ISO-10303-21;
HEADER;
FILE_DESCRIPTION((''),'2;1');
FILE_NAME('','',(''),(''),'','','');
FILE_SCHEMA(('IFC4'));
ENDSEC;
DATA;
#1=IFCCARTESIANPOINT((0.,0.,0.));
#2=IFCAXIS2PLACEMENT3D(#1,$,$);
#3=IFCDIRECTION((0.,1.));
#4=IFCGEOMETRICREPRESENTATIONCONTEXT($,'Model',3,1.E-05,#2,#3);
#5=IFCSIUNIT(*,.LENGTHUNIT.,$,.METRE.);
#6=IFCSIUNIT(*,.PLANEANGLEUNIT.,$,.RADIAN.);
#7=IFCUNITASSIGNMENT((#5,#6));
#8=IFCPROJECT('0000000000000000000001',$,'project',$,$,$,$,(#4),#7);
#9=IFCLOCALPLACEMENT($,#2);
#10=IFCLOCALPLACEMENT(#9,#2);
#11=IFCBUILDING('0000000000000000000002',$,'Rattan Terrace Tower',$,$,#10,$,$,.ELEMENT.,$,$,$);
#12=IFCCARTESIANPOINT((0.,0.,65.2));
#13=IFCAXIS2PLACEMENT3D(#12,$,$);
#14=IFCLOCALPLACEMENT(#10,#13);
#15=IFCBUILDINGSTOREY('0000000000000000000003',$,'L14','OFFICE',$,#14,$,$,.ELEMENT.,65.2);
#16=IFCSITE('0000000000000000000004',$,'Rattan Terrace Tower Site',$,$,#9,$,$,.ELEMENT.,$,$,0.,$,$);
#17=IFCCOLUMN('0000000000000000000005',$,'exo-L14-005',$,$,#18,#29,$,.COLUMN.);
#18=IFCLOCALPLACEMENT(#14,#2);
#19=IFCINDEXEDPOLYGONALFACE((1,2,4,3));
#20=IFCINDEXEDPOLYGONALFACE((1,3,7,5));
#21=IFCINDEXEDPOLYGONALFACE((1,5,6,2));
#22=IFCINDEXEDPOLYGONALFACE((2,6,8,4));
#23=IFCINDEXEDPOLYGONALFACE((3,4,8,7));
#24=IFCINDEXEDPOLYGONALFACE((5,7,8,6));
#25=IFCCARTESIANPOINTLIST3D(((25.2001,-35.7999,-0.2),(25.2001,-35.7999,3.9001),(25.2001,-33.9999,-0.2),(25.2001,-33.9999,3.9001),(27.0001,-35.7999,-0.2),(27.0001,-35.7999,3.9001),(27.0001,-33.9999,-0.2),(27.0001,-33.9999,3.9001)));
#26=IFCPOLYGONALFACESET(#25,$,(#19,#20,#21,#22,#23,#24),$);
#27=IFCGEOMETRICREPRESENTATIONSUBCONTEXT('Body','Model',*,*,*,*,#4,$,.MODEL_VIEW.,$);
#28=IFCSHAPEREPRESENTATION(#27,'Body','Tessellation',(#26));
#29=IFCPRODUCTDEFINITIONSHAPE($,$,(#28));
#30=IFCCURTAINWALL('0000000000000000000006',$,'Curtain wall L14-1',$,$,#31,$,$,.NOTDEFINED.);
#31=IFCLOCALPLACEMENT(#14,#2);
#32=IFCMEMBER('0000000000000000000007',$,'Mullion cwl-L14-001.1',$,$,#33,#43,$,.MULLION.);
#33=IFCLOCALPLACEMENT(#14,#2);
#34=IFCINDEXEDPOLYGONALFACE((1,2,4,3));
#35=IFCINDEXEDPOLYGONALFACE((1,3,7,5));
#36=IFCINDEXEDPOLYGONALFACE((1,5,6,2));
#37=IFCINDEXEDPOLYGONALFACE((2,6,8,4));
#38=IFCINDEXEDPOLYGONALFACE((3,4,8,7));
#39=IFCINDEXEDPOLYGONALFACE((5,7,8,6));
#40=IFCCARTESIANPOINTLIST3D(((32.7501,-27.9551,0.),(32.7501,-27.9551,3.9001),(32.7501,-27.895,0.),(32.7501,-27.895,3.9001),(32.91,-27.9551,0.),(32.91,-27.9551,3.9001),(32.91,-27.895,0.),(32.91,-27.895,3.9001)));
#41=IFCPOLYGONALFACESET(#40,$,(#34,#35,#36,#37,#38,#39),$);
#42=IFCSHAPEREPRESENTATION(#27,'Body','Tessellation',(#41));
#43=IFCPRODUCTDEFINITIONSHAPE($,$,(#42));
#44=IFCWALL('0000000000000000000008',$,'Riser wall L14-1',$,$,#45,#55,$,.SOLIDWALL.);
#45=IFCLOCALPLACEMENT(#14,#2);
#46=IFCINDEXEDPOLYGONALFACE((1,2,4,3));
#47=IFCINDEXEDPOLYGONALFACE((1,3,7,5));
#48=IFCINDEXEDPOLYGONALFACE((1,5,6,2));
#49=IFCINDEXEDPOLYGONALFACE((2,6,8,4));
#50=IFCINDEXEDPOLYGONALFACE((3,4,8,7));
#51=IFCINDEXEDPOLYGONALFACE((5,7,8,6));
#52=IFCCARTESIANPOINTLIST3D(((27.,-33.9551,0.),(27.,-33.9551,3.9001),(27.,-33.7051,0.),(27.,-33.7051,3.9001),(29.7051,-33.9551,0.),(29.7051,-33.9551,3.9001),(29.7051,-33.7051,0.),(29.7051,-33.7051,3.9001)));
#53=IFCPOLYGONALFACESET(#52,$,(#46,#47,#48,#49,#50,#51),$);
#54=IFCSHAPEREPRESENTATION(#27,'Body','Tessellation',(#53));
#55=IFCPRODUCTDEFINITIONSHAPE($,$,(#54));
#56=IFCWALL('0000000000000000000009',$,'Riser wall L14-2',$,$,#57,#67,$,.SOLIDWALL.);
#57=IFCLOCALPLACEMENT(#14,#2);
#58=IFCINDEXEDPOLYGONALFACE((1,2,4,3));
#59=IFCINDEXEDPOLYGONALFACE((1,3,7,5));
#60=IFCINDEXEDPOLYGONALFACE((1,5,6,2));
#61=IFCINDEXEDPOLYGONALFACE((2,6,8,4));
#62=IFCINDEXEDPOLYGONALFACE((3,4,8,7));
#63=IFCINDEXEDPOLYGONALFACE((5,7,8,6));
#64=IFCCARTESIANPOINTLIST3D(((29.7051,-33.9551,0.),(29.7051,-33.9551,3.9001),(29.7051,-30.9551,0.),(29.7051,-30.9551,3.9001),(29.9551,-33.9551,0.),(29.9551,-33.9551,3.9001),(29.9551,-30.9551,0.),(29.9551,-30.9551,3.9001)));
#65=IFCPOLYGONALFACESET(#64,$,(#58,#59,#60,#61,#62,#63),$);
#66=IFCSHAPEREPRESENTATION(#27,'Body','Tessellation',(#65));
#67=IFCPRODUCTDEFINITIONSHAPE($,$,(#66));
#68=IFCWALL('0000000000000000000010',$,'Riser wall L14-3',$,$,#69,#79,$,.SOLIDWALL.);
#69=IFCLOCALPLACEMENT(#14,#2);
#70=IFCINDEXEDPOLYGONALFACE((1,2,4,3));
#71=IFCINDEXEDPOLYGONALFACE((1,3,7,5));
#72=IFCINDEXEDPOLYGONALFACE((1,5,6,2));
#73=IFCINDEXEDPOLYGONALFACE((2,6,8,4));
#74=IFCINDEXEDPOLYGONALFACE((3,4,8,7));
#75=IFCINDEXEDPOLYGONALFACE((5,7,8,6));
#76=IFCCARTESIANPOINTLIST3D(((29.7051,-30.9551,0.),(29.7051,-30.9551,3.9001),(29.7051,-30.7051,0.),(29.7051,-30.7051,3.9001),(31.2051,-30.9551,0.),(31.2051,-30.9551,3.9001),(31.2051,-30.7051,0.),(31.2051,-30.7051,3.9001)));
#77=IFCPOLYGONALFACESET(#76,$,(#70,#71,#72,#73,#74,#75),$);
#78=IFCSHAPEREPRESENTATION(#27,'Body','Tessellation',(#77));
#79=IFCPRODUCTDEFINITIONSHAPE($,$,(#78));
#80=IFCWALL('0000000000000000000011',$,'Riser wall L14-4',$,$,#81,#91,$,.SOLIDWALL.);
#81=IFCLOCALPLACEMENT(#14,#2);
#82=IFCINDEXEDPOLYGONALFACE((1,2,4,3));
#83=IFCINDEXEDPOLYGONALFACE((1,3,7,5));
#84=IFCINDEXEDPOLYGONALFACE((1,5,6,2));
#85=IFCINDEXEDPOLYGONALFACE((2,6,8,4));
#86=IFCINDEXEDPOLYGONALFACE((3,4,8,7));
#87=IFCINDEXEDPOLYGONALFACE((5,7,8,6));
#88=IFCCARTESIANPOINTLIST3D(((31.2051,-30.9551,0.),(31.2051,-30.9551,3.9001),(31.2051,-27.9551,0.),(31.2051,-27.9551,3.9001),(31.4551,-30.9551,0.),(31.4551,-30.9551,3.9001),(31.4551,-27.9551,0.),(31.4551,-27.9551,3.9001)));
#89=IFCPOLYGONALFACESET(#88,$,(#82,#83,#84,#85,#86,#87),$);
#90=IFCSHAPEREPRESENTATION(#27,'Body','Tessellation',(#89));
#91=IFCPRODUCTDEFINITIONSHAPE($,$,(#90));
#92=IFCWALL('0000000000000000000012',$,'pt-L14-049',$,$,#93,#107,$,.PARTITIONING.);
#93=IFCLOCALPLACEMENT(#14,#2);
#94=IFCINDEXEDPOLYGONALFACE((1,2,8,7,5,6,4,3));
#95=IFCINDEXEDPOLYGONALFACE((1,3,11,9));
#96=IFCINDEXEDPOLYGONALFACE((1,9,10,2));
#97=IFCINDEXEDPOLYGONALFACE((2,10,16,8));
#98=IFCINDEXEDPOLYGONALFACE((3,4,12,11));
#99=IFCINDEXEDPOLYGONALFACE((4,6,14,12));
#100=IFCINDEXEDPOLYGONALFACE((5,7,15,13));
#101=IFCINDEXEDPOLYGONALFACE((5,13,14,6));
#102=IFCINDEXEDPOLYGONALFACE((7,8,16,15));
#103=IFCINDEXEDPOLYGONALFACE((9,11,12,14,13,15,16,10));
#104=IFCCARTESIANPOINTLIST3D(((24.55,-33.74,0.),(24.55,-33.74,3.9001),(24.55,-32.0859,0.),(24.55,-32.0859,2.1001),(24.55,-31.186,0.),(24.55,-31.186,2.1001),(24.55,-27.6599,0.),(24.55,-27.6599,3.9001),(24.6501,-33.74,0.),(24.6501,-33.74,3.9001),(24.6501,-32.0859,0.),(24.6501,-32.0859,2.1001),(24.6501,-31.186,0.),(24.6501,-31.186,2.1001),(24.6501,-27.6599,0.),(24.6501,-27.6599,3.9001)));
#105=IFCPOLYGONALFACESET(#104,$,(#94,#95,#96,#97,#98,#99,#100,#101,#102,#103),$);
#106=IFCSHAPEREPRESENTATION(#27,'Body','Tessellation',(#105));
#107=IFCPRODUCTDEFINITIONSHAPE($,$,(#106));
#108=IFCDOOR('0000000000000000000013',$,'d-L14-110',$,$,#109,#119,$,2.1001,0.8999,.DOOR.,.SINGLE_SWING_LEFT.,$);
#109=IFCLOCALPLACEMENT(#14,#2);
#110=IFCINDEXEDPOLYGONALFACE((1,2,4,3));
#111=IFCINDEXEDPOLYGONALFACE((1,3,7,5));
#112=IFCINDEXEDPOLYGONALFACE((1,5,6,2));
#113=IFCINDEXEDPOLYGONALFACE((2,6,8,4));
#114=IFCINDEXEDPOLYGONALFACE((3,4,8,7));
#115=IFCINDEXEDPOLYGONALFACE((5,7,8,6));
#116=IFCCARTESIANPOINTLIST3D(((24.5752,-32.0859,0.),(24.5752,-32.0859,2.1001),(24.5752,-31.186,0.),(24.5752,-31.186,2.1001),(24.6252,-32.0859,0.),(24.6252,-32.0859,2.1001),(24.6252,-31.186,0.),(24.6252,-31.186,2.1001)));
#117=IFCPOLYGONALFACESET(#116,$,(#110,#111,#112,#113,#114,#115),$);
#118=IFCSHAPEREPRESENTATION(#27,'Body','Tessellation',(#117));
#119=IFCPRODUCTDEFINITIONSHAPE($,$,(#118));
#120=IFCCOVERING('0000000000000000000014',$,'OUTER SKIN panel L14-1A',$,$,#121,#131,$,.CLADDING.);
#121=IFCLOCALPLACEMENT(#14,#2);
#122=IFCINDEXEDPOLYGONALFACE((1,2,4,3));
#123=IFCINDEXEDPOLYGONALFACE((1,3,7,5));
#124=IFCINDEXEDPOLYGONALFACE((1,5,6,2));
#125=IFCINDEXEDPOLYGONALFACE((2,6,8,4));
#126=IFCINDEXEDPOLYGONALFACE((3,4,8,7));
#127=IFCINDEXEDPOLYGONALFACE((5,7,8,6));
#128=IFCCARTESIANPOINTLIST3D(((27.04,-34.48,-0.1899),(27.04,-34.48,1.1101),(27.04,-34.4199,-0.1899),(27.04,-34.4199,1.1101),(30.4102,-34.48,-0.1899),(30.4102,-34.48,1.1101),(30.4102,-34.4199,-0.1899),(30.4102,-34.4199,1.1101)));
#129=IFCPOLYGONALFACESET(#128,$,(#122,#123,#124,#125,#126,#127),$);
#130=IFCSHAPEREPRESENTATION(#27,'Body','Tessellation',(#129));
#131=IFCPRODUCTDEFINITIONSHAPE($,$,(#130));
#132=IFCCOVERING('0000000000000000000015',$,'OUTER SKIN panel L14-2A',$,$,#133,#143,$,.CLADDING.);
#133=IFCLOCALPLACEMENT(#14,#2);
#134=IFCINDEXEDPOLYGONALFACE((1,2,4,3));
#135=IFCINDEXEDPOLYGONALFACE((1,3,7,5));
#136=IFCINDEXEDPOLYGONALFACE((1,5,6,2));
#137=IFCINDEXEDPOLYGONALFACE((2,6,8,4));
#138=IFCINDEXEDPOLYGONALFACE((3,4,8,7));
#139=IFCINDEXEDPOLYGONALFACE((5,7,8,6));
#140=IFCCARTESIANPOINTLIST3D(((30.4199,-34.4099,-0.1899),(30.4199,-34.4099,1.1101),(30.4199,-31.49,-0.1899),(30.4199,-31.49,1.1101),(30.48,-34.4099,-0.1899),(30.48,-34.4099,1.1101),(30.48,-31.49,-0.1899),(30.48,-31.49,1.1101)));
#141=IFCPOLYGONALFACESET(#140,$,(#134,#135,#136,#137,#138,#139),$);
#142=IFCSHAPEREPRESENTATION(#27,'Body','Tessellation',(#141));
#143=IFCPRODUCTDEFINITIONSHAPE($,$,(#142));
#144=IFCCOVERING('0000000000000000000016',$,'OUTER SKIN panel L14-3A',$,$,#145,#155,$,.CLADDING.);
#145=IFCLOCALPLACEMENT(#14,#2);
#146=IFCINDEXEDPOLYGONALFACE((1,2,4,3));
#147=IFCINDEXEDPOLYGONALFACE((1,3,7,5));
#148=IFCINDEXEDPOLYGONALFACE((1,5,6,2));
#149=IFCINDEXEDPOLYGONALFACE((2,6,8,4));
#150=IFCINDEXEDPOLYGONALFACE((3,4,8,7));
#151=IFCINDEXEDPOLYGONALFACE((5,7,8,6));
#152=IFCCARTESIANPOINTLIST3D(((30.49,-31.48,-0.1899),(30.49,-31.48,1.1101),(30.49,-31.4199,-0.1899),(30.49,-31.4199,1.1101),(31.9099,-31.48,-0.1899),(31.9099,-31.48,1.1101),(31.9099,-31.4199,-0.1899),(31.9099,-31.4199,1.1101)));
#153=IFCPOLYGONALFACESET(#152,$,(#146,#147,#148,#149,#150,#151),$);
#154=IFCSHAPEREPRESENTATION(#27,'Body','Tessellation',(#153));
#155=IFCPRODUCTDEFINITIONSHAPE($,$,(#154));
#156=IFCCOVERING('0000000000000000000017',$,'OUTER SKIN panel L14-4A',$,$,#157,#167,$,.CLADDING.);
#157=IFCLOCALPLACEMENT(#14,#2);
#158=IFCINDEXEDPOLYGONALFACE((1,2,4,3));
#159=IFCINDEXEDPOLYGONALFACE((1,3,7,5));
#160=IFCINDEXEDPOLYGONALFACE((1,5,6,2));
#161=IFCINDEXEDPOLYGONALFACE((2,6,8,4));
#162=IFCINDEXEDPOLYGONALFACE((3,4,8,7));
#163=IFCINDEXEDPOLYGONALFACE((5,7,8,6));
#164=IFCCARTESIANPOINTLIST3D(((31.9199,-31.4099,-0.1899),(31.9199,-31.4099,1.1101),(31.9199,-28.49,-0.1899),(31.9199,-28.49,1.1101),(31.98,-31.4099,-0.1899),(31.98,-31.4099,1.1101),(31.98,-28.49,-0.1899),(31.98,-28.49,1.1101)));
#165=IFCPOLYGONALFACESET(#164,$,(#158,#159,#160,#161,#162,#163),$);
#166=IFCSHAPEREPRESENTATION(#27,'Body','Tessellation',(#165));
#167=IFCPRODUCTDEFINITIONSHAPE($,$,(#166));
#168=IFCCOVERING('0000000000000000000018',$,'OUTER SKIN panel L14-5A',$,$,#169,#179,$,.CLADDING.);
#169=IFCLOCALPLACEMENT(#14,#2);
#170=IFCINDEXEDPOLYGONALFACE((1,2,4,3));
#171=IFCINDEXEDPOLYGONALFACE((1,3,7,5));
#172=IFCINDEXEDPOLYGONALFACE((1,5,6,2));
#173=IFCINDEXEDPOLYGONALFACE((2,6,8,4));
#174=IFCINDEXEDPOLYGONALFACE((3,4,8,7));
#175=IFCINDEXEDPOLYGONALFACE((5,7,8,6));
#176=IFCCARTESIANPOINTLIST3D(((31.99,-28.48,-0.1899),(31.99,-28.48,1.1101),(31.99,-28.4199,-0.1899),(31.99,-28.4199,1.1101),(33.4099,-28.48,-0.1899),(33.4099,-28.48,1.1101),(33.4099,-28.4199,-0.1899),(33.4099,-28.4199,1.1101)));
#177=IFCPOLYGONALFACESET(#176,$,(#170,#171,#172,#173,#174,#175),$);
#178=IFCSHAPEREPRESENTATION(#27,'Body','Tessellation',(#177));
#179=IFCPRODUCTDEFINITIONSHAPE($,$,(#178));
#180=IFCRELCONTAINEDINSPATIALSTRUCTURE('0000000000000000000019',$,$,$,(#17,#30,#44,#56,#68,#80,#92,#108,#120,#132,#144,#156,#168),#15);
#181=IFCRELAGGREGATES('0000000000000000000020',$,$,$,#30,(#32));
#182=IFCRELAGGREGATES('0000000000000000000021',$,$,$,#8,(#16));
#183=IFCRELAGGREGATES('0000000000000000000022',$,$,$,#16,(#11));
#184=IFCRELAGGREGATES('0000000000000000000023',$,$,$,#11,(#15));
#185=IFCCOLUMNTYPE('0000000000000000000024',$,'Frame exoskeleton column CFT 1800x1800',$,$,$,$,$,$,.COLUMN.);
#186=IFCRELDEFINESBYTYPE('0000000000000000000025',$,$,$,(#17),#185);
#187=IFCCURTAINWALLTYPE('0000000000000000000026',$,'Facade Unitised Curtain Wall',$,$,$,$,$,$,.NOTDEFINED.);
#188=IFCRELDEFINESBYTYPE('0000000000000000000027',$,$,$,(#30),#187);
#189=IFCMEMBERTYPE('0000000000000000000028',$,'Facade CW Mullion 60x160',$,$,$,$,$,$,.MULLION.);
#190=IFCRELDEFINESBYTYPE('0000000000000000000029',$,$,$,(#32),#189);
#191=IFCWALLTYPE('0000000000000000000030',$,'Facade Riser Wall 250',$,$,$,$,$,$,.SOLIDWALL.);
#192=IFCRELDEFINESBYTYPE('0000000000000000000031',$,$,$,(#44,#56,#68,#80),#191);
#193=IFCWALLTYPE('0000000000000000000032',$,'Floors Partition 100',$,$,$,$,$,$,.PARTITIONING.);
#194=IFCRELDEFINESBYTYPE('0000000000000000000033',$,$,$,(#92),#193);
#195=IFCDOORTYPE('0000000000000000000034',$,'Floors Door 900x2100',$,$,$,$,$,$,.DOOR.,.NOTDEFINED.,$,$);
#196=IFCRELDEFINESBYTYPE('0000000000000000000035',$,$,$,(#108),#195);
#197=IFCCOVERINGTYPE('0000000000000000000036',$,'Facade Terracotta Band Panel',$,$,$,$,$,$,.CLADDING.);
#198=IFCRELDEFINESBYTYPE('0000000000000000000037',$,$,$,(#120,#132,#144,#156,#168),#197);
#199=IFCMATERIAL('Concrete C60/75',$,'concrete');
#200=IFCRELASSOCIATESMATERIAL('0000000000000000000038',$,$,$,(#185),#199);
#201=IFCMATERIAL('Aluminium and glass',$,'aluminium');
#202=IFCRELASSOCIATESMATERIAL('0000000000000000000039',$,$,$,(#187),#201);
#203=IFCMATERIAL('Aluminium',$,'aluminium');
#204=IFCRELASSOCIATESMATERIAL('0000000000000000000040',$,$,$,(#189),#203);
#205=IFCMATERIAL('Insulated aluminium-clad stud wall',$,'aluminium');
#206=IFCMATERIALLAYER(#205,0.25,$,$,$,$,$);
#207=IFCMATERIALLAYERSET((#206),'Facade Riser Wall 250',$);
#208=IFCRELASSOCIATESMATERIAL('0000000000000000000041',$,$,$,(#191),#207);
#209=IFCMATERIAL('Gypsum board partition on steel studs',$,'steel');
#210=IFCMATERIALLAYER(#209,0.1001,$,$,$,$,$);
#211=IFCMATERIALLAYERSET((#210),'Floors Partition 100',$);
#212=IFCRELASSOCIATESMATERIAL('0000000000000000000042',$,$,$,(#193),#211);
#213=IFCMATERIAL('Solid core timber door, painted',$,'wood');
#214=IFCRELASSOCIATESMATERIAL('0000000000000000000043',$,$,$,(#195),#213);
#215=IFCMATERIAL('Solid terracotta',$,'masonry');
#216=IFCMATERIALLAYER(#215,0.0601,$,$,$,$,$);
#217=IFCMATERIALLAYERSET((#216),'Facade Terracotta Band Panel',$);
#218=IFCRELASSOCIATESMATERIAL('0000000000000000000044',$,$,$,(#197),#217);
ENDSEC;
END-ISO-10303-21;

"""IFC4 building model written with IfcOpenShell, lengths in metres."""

from ifc_helpers import new_model, si_unit, direction, frame, frame_2d, origin, origin_2d, place, context, subcontext, project, spatial, rectangle, extrude, material, layer, layer_set, material_profile, profile_set, type_object, element, fill, aggregate, save


model = new_model("IFC4")

# Units and contexts
model_context = context("Model", 3, precision=1e-05, world=origin(), true_north=direction((0.0, 1.0)))
body_context = subcontext(model_context, "Body", "Model", "MODEL_VIEW")
ifc_project = project(units=[si_unit("LENGTHUNIT", "METRE"), si_unit("PLANEANGLEUNIT", "RADIAN")], contexts=[model_context])

# Site, building, storey
site_placement = place(None, origin())
site = spatial("IfcSite", under=ifc_project, at=site_placement, Name="Rattan Terrace Tower Site", CompositionType="ELEMENT", RefElevation=0.0)
building_placement = place(site_placement, origin())
building = spatial("IfcBuilding", under=site, at=building_placement, Name="Rattan Terrace Tower", CompositionType="ELEMENT")
storey_placement = place(building_placement, frame((0.0, 0.0, 65.2)))
storey = spatial("IfcBuildingStorey", under=building, at=storey_placement, Name="L14", Description="OFFICE", CompositionType="ELEMENT", Elevation=65.2)

# Column
ifc_material_1 = material(Name="Concrete C60/75", Category="concrete")
ifc_material_profile_1 = material_profile(ifc_material_1, rectangle(XDim=1.8, YDim=1.8, at=origin_2d()), Name="CFT 1800x1800")
ifc_profile_set_1 = profile_set([ifc_material_profile_1], Name="Concrete C60/75")
column_type = type_object("IfcColumnType", Name="Frame exoskeleton column CFT 1800x1800", PredefinedType="COLUMN", material=ifc_profile_set_1)
column_placement = place(storey_placement, frame((26.1001, -34.8999, -0.2), z_axis=(0.0, 0.0, 1.0), x_axis=(1.0, 0.0, 0.0)))
element("IfcColumn", 1, at=column_placement, inside=storey, type_object=column_type, Name="exo-L14-005", PredefinedType="COLUMN", context=body_context, shape_type="SweptSolid", body=[
    extrude(rectangle(XDim=1.8, YDim=1.8, at=origin_2d()), origin(), (0.0, 0.0, 1.0), 4.1001),
])

# Curtain wall, member
ifc_material_2 = material(Name="Aluminium and glass", Category="aluminium")
curtain_wall_type = type_object("IfcCurtainWallType", Name="Facade Unitised Curtain Wall", PredefinedType="NOTDEFINED", material=ifc_material_2)
curtain_wall_placement = place(storey_placement, origin())
curtain_wall = element("IfcCurtainWall", 2, at=curtain_wall_placement, inside=storey, type_object=curtain_wall_type, Name="Curtain wall L14-1", PredefinedType="NOTDEFINED")
ifc_material_3 = material(Name="Aluminium", Category="aluminium")
ifc_material_profile_2 = material_profile(ifc_material_3, rectangle(XDim=0.0601, YDim=0.1599, at=origin_2d()), Name="Aluminium 60x160")
ifc_profile_set_2 = profile_set([ifc_material_profile_2], Name="Aluminium")
member_type = type_object("IfcMemberType", Name="Facade CW Mullion 60x160", PredefinedType="MULLION", material=ifc_profile_set_2)
member_placement = place(storey_placement, frame((32.8301, -27.925, 0.0), z_axis=(0.0, 0.0, 1.0), x_axis=(0.0, 1.0, 0.0)))
member = element("IfcMember", 3, at=member_placement, type_object=member_type, Name="Mullion cwl-L14-001.1", PredefinedType="MULLION", context=body_context, shape_type="SweptSolid", body=[
    extrude(rectangle(XDim=0.0601, YDim=0.1599, at=origin_2d()), origin(), (0.0, 0.0, 1.0), 3.9001),
])
aggregate(curtain_wall, [member])

# Walls
ifc_material_4 = material(Name="Insulated aluminium-clad stud wall", Category="aluminium")
ifc_layer_1 = layer(ifc_material_4, 0.25)
ifc_layer_set_1 = layer_set([ifc_layer_1], Name="Facade Riser Wall 250")
wall_type_1 = type_object("IfcWallType", Name="Facade Riser Wall 250", PredefinedType="SOLIDWALL", material=ifc_layer_set_1)
wall_1_placement = place(storey_placement, frame((27.0, -33.8301, 0.0), z_axis=(0.0, 0.0, 1.0), x_axis=(1.0, 0.0, 0.0)))
element("IfcWall", 4, at=wall_1_placement, inside=storey, type_object=wall_type_1, Name="Riser wall L14-1", PredefinedType="SOLIDWALL", context=body_context, shape_type="SweptSolid", body=[
    extrude(rectangle(XDim=2.7051, YDim=0.25, at=frame_2d((1.3525, 0.0))), origin(), (0.0, 0.0, 1.0), 3.9001),
])
wall_2_placement = place(storey_placement, frame((29.8301, -33.9551, 0.0), z_axis=(0.0, 0.0, 1.0), x_axis=(0.0, 1.0, 0.0)))
element("IfcWall", 5, at=wall_2_placement, inside=storey, type_object=wall_type_1, Name="Riser wall L14-2", PredefinedType="SOLIDWALL", context=body_context, shape_type="SweptSolid", body=[
    extrude(rectangle(XDim=3.0, YDim=0.25, at=frame_2d((1.5, 0.0))), origin(), (0.0, 0.0, 1.0), 3.9001),
])
wall_3_placement = place(storey_placement, frame((29.7051, -30.8301, 0.0), z_axis=(0.0, 0.0, 1.0), x_axis=(1.0, 0.0, 0.0)))
element("IfcWall", 6, at=wall_3_placement, inside=storey, type_object=wall_type_1, Name="Riser wall L14-3", PredefinedType="SOLIDWALL", context=body_context, shape_type="SweptSolid", body=[
    extrude(rectangle(XDim=1.5, YDim=0.25, at=frame_2d((0.75, 0.0))), origin(), (0.0, 0.0, 1.0), 3.9001),
])
wall_4_placement = place(storey_placement, frame((31.3301, -30.9551, 0.0), z_axis=(0.0, 0.0, 1.0), x_axis=(0.0, 1.0, 0.0)))
element("IfcWall", 7, at=wall_4_placement, inside=storey, type_object=wall_type_1, Name="Riser wall L14-4", PredefinedType="SOLIDWALL", context=body_context, shape_type="SweptSolid", body=[
    extrude(rectangle(XDim=3.0, YDim=0.25, at=frame_2d((1.5, 0.0))), origin(), (0.0, 0.0, 1.0), 3.9001),
])

# Wall, opening, door
ifc_material_5 = material(Name="Gypsum board partition on steel studs", Category="steel")
ifc_layer_2 = layer(ifc_material_5, 0.1001)
ifc_layer_set_2 = layer_set([ifc_layer_2], Name="Floors Partition 100")
wall_type_2 = type_object("IfcWallType", Name="Floors Partition 100", PredefinedType="PARTITIONING", material=ifc_layer_set_2)
wall_5_placement = place(storey_placement, frame((24.6001, -33.74, 0.0), z_axis=(0.0, 0.0, 1.0), x_axis=(0.0, 1.0, 0.0)))
wall_5 = element("IfcWall", 8, at=wall_5_placement, inside=storey, type_object=wall_type_2, Name="pt-L14-049", PredefinedType="PARTITIONING", context=body_context, shape_type="SweptSolid", body=[
    extrude(rectangle(XDim=6.0801, YDim=0.1001, at=frame_2d((3.04, 0.0))), origin(), (0.0, 0.0, 1.0), 3.9001),
])
opening_placement = place(wall_5_placement, frame((1.6541, 0.0, 0.0)))
opening = element("IfcOpeningElement", 9, at=opening_placement, cuts=wall_5, PredefinedType="OPENING", context=body_context, shape_type="SweptSolid", body=[
    extrude(rectangle(XDim=0.8999, YDim=2.1001, at=frame_2d((0.45, 1.05))), frame((0.0, 0.0605, 0.0), z_axis=(0.0, -1.0, 0.0), x_axis=(1.0, 0.0, 0.0)), (0.0, 0.0, 1.0), 0.1211),
])
ifc_material_6 = material(Name="Solid core timber door, painted", Category="wood")
door_type = type_object("IfcDoorType", Name="Floors Door 900x2100", OperationType="NOTDEFINED", PredefinedType="DOOR", material=ifc_material_6)
door_placement = place(opening_placement, origin())
door = element("IfcDoor", 10, at=door_placement, inside=storey, type_object=door_type, Name="d-L14-110", OperationType="SINGLE_SWING_LEFT", OverallHeight=2.1001, OverallWidth=0.8999, PredefinedType="DOOR", context=body_context, shape_type="SweptSolid", body=[
    extrude(rectangle(XDim=0.8999, YDim=2.1001, at=frame_2d((0.45, 1.05))), frame((0.0, 0.0249, 0.0), z_axis=(0.0, -1.0, 0.0), x_axis=(1.0, 0.0, 0.0)), (0.0, 0.0, 1.0), 0.05),
])
fill(opening, door)

# Coverings
ifc_material_7 = material(Name="Solid terracotta", Category="masonry")
ifc_layer_3 = layer(ifc_material_7, 0.0601)
ifc_layer_set_3 = layer_set([ifc_layer_3], Name="Facade Terracotta Band Panel")
covering_type_1 = type_object("IfcCoveringType", Name="Facade Terracotta Band Panel", PredefinedType="CLADDING", material=ifc_layer_set_3)
covering_1_placement = place(storey_placement, frame((28.7251, -34.45, -0.1899), z_axis=(0.0, 0.0, 1.0), x_axis=(1.0, 0.0, 0.0)))
element("IfcCovering", 11, at=covering_1_placement, inside=storey, type_object=covering_type_1, Name="OUTER SKIN panel L14-1A", PredefinedType="CLADDING", context=body_context, shape_type="SweptSolid", body=[
    extrude(rectangle(XDim=3.3701, YDim=0.0601, at=origin_2d()), origin(), (0.0, 0.0, 1.0), 1.3),
])
covering_2_placement = place(storey_placement, frame((30.45, -32.95, -0.1899), z_axis=(0.0, 0.0, 1.0), x_axis=(0.0, 1.0, 0.0)))
element("IfcCovering", 12, at=covering_2_placement, inside=storey, type_object=covering_type_1, Name="OUTER SKIN panel L14-2A", PredefinedType="CLADDING", context=body_context, shape_type="SweptSolid", body=[
    extrude(rectangle(XDim=2.9199, YDim=0.0601, at=origin_2d()), origin(), (0.0, 0.0, 1.0), 1.3),
])
covering_3_placement = place(storey_placement, frame((31.2, -31.45, -0.1899), z_axis=(0.0, 0.0, 1.0), x_axis=(1.0, 0.0, 0.0)))
element("IfcCovering", 13, at=covering_3_placement, inside=storey, type_object=covering_type_1, Name="OUTER SKIN panel L14-3A", PredefinedType="CLADDING", context=body_context, shape_type="SweptSolid", body=[
    extrude(rectangle(XDim=1.4199, YDim=0.0601, at=origin_2d()), origin(), (0.0, 0.0, 1.0), 1.3),
])
covering_4_placement = place(storey_placement, frame((31.95, -29.95, -0.1899), z_axis=(0.0, 0.0, 1.0), x_axis=(0.0, 1.0, 0.0)))
element("IfcCovering", 14, at=covering_4_placement, inside=storey, type_object=covering_type_1, Name="OUTER SKIN panel L14-4A", PredefinedType="CLADDING", context=body_context, shape_type="SweptSolid", body=[
    extrude(rectangle(XDim=2.9199, YDim=0.0601, at=origin_2d()), origin(), (0.0, 0.0, 1.0), 1.3),
])
covering_5_placement = place(storey_placement, frame((32.7, -28.45, -0.1899), z_axis=(0.0, 0.0, 1.0), x_axis=(1.0, 0.0, 0.0)))
element("IfcCovering", 15, at=covering_5_placement, inside=storey, type_object=covering_type_1, Name="OUTER SKIN panel L14-5A", PredefinedType="CLADDING", context=body_context, shape_type="SweptSolid", body=[
    extrude(rectangle(XDim=1.4199, YDim=0.0601, at=origin_2d()), origin(), (0.0, 0.0, 1.0), 1.3),
])

save(model, "model.ifc")
